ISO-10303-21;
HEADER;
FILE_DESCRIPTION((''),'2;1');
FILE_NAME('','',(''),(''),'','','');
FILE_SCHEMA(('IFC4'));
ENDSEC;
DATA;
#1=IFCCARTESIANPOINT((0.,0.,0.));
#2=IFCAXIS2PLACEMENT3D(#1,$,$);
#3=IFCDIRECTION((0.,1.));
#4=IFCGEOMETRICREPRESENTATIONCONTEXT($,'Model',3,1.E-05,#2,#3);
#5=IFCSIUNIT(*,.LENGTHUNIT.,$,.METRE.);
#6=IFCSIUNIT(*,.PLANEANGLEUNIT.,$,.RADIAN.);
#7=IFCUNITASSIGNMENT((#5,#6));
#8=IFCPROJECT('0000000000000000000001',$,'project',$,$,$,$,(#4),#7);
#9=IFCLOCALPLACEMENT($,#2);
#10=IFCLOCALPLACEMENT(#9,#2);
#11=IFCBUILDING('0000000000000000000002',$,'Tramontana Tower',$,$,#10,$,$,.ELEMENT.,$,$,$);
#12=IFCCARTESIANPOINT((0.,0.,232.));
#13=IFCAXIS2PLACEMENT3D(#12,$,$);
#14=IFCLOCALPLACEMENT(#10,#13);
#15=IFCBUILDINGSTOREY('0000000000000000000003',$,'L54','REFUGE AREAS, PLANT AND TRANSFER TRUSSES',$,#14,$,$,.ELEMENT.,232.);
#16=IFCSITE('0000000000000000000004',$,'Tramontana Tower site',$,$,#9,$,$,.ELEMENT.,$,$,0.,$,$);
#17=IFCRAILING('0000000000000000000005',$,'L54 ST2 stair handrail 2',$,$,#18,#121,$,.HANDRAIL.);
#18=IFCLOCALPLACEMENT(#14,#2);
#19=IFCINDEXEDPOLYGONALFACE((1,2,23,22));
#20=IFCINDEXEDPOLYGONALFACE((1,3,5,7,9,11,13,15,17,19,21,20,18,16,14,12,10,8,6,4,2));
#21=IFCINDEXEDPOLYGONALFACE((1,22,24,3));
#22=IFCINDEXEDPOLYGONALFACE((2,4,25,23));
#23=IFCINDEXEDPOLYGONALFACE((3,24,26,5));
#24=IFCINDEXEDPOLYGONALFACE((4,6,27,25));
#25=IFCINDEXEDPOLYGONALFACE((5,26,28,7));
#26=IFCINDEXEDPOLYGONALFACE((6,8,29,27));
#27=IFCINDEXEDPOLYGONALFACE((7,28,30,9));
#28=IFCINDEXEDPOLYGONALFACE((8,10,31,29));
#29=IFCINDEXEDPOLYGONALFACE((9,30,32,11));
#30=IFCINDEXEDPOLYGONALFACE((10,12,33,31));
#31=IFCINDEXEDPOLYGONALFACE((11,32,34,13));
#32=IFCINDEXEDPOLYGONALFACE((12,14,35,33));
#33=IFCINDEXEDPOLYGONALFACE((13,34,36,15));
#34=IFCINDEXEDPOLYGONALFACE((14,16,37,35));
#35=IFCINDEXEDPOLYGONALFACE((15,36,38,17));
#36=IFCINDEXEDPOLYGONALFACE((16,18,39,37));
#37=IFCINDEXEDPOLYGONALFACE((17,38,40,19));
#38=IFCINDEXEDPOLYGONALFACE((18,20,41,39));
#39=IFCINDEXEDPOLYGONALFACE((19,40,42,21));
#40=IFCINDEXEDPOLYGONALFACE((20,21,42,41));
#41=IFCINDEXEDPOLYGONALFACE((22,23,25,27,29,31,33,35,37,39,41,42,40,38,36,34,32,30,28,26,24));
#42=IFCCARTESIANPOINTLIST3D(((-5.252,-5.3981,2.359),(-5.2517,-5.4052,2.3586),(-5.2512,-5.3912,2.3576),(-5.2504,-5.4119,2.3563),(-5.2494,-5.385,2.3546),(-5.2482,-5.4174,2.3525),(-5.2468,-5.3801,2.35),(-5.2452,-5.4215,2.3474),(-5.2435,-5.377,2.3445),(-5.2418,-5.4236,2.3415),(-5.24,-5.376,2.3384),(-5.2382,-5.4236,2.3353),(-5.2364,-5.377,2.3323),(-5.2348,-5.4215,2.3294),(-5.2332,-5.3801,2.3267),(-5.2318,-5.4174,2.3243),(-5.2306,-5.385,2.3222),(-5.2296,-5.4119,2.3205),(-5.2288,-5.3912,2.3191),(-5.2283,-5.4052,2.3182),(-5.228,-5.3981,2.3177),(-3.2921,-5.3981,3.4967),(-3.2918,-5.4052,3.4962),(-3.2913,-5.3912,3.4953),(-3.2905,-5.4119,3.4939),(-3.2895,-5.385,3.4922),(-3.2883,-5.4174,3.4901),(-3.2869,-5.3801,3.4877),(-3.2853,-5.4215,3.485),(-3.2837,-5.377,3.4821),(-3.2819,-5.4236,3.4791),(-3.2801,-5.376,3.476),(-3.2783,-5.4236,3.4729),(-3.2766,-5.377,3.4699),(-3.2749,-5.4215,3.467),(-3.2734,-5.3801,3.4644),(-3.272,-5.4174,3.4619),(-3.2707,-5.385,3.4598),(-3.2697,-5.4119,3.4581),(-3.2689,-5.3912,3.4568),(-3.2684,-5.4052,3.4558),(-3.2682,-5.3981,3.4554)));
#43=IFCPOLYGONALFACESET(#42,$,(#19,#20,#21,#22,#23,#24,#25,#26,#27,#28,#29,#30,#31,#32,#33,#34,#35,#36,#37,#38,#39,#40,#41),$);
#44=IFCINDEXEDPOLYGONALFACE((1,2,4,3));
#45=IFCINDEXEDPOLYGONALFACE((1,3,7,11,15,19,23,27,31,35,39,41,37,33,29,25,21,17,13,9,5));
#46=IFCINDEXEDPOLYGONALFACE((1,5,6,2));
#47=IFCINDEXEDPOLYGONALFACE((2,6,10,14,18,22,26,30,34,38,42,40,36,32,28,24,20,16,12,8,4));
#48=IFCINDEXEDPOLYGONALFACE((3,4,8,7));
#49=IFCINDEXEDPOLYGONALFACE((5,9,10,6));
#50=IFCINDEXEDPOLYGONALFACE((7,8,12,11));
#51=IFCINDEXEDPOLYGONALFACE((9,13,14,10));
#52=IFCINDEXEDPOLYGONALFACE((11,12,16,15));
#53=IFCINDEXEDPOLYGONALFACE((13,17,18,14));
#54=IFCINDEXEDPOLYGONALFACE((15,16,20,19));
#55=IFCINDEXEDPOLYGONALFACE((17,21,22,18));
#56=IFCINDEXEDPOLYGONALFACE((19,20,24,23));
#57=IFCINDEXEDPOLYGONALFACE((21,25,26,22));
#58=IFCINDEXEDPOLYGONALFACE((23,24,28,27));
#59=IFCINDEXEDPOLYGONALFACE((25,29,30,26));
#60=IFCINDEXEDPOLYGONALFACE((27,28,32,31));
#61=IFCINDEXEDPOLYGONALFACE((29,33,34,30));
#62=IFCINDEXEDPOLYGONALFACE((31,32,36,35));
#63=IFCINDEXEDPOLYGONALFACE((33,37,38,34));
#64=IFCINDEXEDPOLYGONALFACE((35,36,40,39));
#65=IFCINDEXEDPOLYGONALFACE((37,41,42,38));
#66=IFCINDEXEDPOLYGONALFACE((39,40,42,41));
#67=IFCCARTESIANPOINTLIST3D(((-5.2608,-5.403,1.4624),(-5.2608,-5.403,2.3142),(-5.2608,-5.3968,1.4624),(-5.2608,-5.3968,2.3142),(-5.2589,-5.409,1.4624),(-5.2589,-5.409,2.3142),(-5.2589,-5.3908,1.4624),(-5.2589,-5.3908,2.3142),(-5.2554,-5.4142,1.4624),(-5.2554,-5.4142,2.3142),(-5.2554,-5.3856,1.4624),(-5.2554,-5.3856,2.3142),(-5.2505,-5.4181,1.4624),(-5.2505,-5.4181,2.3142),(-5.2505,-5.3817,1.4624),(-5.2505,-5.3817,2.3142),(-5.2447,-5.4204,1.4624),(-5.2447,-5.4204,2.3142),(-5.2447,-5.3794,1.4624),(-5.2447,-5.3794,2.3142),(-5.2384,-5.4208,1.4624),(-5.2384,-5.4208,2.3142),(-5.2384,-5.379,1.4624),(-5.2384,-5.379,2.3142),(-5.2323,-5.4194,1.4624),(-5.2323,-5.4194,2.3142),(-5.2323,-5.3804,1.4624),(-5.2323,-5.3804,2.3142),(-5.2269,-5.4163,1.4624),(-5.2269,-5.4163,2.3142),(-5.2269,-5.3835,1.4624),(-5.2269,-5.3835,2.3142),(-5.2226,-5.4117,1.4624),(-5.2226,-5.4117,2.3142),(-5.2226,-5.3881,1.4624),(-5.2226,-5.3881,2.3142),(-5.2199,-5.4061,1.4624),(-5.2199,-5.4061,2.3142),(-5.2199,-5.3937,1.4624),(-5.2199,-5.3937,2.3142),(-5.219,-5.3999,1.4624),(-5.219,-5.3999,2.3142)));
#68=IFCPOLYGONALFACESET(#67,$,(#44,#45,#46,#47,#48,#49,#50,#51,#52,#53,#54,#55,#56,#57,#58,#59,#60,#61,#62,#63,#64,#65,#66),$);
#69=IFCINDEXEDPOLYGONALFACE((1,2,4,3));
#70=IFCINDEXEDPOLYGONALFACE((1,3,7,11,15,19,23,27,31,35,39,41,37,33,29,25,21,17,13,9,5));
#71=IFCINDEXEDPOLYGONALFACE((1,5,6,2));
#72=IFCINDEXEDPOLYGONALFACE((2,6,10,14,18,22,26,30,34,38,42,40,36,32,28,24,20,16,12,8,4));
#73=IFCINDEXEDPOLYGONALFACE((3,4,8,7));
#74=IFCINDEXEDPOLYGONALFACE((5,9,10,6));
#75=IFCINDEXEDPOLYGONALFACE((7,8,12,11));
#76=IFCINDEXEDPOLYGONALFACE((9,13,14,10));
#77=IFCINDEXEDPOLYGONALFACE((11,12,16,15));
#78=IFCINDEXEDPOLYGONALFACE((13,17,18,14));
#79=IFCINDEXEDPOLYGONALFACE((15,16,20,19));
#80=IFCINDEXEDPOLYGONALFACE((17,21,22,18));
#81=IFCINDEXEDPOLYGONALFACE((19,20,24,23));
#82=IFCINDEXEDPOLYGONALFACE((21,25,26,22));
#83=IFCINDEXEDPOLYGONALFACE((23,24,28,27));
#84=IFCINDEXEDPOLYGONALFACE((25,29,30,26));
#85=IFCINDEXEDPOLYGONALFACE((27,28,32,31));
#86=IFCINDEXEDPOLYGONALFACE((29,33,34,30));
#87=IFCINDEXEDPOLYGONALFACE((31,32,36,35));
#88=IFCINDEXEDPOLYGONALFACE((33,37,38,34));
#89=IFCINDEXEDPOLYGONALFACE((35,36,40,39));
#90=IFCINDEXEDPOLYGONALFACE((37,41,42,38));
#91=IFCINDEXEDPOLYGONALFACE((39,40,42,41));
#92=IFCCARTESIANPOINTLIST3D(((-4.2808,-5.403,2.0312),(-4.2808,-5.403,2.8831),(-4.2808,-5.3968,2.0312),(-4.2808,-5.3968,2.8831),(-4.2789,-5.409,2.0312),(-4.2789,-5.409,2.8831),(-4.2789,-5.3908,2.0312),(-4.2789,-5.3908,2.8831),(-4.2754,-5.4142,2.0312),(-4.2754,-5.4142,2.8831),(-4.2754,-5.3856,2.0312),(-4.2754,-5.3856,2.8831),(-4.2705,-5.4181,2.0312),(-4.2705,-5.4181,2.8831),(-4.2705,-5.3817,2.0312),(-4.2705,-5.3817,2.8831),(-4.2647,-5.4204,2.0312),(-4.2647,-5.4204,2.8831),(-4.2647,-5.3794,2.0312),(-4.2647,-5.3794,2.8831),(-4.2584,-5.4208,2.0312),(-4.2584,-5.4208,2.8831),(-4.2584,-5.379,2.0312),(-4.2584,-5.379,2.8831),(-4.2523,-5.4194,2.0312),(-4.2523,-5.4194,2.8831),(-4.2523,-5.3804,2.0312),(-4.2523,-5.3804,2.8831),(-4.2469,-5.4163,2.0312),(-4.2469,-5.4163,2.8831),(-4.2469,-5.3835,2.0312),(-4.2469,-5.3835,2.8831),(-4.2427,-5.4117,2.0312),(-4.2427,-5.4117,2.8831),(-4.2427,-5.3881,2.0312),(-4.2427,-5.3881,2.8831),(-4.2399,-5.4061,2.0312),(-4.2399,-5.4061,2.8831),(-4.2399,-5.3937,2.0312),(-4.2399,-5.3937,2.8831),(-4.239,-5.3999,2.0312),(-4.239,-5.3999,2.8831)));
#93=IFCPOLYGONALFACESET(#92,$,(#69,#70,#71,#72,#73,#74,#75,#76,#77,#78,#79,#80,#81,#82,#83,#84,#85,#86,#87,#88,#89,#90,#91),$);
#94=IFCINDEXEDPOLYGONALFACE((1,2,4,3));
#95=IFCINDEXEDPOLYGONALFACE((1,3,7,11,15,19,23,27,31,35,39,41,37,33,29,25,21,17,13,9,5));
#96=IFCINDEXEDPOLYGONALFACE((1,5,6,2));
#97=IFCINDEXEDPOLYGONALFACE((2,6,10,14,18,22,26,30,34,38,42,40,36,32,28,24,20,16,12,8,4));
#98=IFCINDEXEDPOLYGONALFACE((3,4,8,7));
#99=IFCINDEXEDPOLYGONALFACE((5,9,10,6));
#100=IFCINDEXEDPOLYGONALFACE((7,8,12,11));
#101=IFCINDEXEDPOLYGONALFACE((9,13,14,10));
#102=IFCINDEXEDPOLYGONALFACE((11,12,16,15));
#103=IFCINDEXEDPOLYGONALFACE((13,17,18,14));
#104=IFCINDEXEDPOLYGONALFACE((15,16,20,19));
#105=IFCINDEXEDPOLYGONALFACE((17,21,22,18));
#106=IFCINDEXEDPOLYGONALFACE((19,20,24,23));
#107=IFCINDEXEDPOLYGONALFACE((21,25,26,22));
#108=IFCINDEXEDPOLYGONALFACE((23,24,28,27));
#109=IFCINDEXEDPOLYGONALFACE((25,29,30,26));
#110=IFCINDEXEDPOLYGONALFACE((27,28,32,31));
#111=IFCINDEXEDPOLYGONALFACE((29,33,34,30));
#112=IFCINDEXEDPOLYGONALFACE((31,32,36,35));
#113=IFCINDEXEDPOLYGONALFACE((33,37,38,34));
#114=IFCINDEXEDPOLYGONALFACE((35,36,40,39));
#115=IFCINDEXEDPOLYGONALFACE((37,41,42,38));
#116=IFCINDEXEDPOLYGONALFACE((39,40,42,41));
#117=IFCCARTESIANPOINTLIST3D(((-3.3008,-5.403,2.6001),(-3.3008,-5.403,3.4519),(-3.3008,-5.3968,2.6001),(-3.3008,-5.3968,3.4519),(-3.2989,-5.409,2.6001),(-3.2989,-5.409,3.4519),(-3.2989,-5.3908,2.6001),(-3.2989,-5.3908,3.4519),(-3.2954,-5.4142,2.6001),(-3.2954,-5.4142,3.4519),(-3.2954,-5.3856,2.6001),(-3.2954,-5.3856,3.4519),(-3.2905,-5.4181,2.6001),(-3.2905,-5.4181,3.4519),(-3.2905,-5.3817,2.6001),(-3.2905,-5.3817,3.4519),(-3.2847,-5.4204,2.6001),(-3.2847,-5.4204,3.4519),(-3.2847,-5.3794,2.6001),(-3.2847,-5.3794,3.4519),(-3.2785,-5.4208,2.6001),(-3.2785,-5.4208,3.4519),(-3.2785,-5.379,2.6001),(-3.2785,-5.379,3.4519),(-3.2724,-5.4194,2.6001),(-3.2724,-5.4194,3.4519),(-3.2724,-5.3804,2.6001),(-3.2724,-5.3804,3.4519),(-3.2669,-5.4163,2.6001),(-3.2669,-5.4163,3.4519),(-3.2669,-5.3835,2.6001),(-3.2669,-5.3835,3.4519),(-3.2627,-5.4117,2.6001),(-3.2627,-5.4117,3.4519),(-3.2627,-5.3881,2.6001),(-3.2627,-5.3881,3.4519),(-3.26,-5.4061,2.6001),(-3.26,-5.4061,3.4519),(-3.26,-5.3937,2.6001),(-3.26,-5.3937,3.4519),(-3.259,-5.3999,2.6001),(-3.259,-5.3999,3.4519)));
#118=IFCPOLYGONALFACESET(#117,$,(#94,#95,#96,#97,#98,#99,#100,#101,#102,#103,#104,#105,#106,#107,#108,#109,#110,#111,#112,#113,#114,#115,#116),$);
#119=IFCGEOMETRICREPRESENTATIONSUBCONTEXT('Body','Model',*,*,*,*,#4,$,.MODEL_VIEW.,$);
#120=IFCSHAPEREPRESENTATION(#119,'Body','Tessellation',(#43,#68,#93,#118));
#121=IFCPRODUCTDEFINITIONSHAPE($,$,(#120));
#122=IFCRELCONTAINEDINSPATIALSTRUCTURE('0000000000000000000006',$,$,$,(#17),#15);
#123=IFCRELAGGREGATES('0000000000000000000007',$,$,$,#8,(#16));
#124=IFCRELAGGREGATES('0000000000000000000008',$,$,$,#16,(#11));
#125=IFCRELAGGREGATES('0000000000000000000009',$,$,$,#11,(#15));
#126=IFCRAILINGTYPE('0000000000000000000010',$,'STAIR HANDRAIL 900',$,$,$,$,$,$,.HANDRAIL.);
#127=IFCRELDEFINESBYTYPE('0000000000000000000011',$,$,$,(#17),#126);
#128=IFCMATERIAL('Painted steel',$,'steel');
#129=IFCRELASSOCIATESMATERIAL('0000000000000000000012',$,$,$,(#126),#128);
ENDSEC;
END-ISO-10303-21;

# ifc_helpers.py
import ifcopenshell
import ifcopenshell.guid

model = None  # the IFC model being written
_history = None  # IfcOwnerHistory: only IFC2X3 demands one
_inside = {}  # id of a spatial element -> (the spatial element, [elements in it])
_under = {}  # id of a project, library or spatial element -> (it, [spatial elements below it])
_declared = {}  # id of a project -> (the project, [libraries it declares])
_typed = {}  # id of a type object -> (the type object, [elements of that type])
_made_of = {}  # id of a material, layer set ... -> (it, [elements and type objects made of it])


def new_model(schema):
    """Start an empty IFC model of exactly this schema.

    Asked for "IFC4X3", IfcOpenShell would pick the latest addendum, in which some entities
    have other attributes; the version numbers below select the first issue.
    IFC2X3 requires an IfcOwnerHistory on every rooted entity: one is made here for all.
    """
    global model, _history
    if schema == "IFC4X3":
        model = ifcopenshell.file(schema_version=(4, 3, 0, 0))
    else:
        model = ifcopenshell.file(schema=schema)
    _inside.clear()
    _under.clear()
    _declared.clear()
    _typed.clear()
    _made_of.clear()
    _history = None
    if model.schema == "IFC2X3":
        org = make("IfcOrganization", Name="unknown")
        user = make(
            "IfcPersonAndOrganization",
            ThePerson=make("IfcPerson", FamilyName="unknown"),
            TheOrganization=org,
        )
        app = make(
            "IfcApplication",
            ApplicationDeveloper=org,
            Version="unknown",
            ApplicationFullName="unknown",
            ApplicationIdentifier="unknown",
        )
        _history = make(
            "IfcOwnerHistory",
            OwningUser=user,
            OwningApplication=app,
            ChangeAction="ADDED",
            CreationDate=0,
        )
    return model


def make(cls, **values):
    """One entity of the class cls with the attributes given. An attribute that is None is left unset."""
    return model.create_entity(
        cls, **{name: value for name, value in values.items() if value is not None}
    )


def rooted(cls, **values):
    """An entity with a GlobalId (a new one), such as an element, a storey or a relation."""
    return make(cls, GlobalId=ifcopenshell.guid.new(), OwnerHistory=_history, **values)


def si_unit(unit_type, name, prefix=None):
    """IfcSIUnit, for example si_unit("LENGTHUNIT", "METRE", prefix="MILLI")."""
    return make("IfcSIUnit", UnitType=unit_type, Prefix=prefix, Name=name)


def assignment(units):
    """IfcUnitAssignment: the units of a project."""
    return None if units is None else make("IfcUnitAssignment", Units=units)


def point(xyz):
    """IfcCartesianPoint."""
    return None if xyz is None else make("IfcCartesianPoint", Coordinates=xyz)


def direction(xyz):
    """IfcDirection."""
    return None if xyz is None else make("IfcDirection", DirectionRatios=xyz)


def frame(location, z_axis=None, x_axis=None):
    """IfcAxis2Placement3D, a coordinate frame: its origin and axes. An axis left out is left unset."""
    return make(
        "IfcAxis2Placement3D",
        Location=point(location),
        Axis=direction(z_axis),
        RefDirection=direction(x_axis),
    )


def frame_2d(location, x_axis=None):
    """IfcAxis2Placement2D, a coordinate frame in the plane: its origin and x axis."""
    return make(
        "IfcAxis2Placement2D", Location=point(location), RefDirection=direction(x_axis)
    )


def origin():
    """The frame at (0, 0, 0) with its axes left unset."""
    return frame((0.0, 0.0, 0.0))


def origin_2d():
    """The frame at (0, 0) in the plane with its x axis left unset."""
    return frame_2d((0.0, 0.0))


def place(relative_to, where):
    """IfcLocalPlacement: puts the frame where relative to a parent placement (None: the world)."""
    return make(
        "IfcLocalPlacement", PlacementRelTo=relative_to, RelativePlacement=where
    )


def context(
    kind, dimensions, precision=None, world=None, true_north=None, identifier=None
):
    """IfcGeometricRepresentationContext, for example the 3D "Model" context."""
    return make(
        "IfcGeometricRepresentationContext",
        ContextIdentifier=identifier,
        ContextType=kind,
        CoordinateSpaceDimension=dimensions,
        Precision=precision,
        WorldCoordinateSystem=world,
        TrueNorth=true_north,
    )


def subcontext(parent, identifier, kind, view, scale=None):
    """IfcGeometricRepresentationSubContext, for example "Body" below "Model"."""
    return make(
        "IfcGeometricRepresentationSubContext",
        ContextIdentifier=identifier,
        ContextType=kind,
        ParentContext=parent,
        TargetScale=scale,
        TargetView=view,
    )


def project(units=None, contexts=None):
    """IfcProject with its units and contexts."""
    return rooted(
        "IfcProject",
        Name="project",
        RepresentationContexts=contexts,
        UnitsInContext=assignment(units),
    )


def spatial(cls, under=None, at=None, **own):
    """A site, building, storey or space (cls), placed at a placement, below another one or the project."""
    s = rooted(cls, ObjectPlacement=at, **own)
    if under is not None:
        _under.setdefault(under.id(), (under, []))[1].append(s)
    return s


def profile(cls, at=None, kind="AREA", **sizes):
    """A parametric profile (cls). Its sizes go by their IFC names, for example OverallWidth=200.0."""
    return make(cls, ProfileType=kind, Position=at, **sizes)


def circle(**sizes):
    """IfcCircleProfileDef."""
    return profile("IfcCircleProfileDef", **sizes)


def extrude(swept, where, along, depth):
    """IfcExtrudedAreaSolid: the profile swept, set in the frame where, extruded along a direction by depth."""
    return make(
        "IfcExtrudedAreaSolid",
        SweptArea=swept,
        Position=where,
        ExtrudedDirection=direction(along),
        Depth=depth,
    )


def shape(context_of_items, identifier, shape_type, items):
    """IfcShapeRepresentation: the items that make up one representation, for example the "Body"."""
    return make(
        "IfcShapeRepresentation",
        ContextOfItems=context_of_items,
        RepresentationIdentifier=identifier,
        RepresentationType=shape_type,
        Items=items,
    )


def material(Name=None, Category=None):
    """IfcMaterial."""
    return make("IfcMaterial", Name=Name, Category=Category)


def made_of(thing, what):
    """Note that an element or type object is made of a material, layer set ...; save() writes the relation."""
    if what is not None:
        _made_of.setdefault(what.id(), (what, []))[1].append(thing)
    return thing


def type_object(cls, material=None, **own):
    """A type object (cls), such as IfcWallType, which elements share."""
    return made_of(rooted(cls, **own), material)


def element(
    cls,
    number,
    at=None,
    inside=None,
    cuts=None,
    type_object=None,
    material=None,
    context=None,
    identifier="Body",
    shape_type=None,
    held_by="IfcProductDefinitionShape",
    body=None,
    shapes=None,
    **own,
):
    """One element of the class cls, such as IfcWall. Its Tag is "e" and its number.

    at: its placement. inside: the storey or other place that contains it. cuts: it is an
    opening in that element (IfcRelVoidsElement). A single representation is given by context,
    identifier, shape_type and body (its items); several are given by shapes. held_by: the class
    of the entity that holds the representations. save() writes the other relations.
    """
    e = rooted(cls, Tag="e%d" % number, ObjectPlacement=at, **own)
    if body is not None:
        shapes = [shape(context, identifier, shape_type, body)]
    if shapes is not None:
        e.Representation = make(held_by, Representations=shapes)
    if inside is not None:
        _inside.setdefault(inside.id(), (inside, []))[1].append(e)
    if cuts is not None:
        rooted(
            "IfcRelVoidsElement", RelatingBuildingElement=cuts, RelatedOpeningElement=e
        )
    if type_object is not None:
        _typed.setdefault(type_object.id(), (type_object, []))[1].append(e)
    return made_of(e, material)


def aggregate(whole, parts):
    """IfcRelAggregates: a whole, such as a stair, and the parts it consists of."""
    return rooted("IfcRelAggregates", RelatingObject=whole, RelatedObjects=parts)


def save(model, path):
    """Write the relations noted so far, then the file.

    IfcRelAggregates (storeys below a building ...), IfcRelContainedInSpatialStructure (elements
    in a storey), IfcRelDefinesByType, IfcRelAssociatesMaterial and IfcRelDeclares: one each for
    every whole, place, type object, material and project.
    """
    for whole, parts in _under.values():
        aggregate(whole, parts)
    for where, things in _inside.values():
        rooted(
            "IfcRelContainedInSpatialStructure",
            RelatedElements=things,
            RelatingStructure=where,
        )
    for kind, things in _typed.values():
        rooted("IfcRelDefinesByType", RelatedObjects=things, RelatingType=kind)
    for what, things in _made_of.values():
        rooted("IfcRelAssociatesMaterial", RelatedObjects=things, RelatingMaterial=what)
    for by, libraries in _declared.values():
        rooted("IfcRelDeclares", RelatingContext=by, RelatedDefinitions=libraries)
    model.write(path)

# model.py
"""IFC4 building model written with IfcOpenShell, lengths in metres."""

from ifc_helpers import new_model, si_unit, direction, frame, origin, origin_2d, place, context, subcontext, project, spatial, circle, extrude, material, type_object, element, save


model = new_model("IFC4")

# Units and contexts
model_context = context("Model", 3, precision=1e-05, world=origin(), true_north=direction((0.0, 1.0)))
body_context = subcontext(model_context, "Body", "Model", "MODEL_VIEW")
ifc_project = project(units=[si_unit("LENGTHUNIT", "METRE"), si_unit("PLANEANGLEUNIT", "RADIAN")], contexts=[model_context])

# Site, building, storey
site_placement = place(None, origin())
site = spatial("IfcSite", under=ifc_project, at=site_placement, Name="Tramontana Tower site", CompositionType="ELEMENT", RefElevation=0.0)
building_placement = place(site_placement, origin())
building = spatial("IfcBuilding", under=site, at=building_placement, Name="Tramontana Tower", CompositionType="ELEMENT")
storey_placement = place(building_placement, frame((0.0, 0.0, 232.0)))
storey = spatial("IfcBuildingStorey", under=building, at=storey_placement, Name="L54", Description="REFUGE AREAS, PLANT AND TRANSFER TRUSSES", CompositionType="ELEMENT", Elevation=232.0)

# Railing
ifc_material_1 = material(Name="Painted steel", Category="steel")
railing_type_1 = type_object("IfcRailingType", Name="STAIR HANDRAIL 900", PredefinedType="HANDRAIL", material=ifc_material_1)
railing_1_placement = place(storey_placement, frame((-5.24, -5.3999, 1.4624)))
element("IfcRailing", 1, at=railing_1_placement, inside=storey, type_object=railing_type_1, Name="L54 ST2 stair handrail 2", PredefinedType="HANDRAIL", context=body_context, shape_type="SweptSolid", body=[
    extrude(circle(Radius=0.0239, at=origin_2d()), frame((0.0, 0.0, 0.876), z_axis=(0.864855, 0.0, 0.502021), x_axis=(0.0, 1.0, 0.0)), (0.0, 0.0, 1.0), 2.2661),
    extrude(circle(Radius=0.021, at=origin_2d()), origin(), (0.0, 0.0, 1.0), 0.8518),
    extrude(circle(Radius=0.021, at=origin_2d()), frame((0.98, 0.0, 0.5688)), (0.0, 0.0, 1.0), 0.8518),
    extrude(circle(Radius=0.021, at=origin_2d()), frame((1.96, 0.0, 1.1377)), (0.0, 0.0, 1.0), 0.8518),
])

save(model, "model.ifc")
